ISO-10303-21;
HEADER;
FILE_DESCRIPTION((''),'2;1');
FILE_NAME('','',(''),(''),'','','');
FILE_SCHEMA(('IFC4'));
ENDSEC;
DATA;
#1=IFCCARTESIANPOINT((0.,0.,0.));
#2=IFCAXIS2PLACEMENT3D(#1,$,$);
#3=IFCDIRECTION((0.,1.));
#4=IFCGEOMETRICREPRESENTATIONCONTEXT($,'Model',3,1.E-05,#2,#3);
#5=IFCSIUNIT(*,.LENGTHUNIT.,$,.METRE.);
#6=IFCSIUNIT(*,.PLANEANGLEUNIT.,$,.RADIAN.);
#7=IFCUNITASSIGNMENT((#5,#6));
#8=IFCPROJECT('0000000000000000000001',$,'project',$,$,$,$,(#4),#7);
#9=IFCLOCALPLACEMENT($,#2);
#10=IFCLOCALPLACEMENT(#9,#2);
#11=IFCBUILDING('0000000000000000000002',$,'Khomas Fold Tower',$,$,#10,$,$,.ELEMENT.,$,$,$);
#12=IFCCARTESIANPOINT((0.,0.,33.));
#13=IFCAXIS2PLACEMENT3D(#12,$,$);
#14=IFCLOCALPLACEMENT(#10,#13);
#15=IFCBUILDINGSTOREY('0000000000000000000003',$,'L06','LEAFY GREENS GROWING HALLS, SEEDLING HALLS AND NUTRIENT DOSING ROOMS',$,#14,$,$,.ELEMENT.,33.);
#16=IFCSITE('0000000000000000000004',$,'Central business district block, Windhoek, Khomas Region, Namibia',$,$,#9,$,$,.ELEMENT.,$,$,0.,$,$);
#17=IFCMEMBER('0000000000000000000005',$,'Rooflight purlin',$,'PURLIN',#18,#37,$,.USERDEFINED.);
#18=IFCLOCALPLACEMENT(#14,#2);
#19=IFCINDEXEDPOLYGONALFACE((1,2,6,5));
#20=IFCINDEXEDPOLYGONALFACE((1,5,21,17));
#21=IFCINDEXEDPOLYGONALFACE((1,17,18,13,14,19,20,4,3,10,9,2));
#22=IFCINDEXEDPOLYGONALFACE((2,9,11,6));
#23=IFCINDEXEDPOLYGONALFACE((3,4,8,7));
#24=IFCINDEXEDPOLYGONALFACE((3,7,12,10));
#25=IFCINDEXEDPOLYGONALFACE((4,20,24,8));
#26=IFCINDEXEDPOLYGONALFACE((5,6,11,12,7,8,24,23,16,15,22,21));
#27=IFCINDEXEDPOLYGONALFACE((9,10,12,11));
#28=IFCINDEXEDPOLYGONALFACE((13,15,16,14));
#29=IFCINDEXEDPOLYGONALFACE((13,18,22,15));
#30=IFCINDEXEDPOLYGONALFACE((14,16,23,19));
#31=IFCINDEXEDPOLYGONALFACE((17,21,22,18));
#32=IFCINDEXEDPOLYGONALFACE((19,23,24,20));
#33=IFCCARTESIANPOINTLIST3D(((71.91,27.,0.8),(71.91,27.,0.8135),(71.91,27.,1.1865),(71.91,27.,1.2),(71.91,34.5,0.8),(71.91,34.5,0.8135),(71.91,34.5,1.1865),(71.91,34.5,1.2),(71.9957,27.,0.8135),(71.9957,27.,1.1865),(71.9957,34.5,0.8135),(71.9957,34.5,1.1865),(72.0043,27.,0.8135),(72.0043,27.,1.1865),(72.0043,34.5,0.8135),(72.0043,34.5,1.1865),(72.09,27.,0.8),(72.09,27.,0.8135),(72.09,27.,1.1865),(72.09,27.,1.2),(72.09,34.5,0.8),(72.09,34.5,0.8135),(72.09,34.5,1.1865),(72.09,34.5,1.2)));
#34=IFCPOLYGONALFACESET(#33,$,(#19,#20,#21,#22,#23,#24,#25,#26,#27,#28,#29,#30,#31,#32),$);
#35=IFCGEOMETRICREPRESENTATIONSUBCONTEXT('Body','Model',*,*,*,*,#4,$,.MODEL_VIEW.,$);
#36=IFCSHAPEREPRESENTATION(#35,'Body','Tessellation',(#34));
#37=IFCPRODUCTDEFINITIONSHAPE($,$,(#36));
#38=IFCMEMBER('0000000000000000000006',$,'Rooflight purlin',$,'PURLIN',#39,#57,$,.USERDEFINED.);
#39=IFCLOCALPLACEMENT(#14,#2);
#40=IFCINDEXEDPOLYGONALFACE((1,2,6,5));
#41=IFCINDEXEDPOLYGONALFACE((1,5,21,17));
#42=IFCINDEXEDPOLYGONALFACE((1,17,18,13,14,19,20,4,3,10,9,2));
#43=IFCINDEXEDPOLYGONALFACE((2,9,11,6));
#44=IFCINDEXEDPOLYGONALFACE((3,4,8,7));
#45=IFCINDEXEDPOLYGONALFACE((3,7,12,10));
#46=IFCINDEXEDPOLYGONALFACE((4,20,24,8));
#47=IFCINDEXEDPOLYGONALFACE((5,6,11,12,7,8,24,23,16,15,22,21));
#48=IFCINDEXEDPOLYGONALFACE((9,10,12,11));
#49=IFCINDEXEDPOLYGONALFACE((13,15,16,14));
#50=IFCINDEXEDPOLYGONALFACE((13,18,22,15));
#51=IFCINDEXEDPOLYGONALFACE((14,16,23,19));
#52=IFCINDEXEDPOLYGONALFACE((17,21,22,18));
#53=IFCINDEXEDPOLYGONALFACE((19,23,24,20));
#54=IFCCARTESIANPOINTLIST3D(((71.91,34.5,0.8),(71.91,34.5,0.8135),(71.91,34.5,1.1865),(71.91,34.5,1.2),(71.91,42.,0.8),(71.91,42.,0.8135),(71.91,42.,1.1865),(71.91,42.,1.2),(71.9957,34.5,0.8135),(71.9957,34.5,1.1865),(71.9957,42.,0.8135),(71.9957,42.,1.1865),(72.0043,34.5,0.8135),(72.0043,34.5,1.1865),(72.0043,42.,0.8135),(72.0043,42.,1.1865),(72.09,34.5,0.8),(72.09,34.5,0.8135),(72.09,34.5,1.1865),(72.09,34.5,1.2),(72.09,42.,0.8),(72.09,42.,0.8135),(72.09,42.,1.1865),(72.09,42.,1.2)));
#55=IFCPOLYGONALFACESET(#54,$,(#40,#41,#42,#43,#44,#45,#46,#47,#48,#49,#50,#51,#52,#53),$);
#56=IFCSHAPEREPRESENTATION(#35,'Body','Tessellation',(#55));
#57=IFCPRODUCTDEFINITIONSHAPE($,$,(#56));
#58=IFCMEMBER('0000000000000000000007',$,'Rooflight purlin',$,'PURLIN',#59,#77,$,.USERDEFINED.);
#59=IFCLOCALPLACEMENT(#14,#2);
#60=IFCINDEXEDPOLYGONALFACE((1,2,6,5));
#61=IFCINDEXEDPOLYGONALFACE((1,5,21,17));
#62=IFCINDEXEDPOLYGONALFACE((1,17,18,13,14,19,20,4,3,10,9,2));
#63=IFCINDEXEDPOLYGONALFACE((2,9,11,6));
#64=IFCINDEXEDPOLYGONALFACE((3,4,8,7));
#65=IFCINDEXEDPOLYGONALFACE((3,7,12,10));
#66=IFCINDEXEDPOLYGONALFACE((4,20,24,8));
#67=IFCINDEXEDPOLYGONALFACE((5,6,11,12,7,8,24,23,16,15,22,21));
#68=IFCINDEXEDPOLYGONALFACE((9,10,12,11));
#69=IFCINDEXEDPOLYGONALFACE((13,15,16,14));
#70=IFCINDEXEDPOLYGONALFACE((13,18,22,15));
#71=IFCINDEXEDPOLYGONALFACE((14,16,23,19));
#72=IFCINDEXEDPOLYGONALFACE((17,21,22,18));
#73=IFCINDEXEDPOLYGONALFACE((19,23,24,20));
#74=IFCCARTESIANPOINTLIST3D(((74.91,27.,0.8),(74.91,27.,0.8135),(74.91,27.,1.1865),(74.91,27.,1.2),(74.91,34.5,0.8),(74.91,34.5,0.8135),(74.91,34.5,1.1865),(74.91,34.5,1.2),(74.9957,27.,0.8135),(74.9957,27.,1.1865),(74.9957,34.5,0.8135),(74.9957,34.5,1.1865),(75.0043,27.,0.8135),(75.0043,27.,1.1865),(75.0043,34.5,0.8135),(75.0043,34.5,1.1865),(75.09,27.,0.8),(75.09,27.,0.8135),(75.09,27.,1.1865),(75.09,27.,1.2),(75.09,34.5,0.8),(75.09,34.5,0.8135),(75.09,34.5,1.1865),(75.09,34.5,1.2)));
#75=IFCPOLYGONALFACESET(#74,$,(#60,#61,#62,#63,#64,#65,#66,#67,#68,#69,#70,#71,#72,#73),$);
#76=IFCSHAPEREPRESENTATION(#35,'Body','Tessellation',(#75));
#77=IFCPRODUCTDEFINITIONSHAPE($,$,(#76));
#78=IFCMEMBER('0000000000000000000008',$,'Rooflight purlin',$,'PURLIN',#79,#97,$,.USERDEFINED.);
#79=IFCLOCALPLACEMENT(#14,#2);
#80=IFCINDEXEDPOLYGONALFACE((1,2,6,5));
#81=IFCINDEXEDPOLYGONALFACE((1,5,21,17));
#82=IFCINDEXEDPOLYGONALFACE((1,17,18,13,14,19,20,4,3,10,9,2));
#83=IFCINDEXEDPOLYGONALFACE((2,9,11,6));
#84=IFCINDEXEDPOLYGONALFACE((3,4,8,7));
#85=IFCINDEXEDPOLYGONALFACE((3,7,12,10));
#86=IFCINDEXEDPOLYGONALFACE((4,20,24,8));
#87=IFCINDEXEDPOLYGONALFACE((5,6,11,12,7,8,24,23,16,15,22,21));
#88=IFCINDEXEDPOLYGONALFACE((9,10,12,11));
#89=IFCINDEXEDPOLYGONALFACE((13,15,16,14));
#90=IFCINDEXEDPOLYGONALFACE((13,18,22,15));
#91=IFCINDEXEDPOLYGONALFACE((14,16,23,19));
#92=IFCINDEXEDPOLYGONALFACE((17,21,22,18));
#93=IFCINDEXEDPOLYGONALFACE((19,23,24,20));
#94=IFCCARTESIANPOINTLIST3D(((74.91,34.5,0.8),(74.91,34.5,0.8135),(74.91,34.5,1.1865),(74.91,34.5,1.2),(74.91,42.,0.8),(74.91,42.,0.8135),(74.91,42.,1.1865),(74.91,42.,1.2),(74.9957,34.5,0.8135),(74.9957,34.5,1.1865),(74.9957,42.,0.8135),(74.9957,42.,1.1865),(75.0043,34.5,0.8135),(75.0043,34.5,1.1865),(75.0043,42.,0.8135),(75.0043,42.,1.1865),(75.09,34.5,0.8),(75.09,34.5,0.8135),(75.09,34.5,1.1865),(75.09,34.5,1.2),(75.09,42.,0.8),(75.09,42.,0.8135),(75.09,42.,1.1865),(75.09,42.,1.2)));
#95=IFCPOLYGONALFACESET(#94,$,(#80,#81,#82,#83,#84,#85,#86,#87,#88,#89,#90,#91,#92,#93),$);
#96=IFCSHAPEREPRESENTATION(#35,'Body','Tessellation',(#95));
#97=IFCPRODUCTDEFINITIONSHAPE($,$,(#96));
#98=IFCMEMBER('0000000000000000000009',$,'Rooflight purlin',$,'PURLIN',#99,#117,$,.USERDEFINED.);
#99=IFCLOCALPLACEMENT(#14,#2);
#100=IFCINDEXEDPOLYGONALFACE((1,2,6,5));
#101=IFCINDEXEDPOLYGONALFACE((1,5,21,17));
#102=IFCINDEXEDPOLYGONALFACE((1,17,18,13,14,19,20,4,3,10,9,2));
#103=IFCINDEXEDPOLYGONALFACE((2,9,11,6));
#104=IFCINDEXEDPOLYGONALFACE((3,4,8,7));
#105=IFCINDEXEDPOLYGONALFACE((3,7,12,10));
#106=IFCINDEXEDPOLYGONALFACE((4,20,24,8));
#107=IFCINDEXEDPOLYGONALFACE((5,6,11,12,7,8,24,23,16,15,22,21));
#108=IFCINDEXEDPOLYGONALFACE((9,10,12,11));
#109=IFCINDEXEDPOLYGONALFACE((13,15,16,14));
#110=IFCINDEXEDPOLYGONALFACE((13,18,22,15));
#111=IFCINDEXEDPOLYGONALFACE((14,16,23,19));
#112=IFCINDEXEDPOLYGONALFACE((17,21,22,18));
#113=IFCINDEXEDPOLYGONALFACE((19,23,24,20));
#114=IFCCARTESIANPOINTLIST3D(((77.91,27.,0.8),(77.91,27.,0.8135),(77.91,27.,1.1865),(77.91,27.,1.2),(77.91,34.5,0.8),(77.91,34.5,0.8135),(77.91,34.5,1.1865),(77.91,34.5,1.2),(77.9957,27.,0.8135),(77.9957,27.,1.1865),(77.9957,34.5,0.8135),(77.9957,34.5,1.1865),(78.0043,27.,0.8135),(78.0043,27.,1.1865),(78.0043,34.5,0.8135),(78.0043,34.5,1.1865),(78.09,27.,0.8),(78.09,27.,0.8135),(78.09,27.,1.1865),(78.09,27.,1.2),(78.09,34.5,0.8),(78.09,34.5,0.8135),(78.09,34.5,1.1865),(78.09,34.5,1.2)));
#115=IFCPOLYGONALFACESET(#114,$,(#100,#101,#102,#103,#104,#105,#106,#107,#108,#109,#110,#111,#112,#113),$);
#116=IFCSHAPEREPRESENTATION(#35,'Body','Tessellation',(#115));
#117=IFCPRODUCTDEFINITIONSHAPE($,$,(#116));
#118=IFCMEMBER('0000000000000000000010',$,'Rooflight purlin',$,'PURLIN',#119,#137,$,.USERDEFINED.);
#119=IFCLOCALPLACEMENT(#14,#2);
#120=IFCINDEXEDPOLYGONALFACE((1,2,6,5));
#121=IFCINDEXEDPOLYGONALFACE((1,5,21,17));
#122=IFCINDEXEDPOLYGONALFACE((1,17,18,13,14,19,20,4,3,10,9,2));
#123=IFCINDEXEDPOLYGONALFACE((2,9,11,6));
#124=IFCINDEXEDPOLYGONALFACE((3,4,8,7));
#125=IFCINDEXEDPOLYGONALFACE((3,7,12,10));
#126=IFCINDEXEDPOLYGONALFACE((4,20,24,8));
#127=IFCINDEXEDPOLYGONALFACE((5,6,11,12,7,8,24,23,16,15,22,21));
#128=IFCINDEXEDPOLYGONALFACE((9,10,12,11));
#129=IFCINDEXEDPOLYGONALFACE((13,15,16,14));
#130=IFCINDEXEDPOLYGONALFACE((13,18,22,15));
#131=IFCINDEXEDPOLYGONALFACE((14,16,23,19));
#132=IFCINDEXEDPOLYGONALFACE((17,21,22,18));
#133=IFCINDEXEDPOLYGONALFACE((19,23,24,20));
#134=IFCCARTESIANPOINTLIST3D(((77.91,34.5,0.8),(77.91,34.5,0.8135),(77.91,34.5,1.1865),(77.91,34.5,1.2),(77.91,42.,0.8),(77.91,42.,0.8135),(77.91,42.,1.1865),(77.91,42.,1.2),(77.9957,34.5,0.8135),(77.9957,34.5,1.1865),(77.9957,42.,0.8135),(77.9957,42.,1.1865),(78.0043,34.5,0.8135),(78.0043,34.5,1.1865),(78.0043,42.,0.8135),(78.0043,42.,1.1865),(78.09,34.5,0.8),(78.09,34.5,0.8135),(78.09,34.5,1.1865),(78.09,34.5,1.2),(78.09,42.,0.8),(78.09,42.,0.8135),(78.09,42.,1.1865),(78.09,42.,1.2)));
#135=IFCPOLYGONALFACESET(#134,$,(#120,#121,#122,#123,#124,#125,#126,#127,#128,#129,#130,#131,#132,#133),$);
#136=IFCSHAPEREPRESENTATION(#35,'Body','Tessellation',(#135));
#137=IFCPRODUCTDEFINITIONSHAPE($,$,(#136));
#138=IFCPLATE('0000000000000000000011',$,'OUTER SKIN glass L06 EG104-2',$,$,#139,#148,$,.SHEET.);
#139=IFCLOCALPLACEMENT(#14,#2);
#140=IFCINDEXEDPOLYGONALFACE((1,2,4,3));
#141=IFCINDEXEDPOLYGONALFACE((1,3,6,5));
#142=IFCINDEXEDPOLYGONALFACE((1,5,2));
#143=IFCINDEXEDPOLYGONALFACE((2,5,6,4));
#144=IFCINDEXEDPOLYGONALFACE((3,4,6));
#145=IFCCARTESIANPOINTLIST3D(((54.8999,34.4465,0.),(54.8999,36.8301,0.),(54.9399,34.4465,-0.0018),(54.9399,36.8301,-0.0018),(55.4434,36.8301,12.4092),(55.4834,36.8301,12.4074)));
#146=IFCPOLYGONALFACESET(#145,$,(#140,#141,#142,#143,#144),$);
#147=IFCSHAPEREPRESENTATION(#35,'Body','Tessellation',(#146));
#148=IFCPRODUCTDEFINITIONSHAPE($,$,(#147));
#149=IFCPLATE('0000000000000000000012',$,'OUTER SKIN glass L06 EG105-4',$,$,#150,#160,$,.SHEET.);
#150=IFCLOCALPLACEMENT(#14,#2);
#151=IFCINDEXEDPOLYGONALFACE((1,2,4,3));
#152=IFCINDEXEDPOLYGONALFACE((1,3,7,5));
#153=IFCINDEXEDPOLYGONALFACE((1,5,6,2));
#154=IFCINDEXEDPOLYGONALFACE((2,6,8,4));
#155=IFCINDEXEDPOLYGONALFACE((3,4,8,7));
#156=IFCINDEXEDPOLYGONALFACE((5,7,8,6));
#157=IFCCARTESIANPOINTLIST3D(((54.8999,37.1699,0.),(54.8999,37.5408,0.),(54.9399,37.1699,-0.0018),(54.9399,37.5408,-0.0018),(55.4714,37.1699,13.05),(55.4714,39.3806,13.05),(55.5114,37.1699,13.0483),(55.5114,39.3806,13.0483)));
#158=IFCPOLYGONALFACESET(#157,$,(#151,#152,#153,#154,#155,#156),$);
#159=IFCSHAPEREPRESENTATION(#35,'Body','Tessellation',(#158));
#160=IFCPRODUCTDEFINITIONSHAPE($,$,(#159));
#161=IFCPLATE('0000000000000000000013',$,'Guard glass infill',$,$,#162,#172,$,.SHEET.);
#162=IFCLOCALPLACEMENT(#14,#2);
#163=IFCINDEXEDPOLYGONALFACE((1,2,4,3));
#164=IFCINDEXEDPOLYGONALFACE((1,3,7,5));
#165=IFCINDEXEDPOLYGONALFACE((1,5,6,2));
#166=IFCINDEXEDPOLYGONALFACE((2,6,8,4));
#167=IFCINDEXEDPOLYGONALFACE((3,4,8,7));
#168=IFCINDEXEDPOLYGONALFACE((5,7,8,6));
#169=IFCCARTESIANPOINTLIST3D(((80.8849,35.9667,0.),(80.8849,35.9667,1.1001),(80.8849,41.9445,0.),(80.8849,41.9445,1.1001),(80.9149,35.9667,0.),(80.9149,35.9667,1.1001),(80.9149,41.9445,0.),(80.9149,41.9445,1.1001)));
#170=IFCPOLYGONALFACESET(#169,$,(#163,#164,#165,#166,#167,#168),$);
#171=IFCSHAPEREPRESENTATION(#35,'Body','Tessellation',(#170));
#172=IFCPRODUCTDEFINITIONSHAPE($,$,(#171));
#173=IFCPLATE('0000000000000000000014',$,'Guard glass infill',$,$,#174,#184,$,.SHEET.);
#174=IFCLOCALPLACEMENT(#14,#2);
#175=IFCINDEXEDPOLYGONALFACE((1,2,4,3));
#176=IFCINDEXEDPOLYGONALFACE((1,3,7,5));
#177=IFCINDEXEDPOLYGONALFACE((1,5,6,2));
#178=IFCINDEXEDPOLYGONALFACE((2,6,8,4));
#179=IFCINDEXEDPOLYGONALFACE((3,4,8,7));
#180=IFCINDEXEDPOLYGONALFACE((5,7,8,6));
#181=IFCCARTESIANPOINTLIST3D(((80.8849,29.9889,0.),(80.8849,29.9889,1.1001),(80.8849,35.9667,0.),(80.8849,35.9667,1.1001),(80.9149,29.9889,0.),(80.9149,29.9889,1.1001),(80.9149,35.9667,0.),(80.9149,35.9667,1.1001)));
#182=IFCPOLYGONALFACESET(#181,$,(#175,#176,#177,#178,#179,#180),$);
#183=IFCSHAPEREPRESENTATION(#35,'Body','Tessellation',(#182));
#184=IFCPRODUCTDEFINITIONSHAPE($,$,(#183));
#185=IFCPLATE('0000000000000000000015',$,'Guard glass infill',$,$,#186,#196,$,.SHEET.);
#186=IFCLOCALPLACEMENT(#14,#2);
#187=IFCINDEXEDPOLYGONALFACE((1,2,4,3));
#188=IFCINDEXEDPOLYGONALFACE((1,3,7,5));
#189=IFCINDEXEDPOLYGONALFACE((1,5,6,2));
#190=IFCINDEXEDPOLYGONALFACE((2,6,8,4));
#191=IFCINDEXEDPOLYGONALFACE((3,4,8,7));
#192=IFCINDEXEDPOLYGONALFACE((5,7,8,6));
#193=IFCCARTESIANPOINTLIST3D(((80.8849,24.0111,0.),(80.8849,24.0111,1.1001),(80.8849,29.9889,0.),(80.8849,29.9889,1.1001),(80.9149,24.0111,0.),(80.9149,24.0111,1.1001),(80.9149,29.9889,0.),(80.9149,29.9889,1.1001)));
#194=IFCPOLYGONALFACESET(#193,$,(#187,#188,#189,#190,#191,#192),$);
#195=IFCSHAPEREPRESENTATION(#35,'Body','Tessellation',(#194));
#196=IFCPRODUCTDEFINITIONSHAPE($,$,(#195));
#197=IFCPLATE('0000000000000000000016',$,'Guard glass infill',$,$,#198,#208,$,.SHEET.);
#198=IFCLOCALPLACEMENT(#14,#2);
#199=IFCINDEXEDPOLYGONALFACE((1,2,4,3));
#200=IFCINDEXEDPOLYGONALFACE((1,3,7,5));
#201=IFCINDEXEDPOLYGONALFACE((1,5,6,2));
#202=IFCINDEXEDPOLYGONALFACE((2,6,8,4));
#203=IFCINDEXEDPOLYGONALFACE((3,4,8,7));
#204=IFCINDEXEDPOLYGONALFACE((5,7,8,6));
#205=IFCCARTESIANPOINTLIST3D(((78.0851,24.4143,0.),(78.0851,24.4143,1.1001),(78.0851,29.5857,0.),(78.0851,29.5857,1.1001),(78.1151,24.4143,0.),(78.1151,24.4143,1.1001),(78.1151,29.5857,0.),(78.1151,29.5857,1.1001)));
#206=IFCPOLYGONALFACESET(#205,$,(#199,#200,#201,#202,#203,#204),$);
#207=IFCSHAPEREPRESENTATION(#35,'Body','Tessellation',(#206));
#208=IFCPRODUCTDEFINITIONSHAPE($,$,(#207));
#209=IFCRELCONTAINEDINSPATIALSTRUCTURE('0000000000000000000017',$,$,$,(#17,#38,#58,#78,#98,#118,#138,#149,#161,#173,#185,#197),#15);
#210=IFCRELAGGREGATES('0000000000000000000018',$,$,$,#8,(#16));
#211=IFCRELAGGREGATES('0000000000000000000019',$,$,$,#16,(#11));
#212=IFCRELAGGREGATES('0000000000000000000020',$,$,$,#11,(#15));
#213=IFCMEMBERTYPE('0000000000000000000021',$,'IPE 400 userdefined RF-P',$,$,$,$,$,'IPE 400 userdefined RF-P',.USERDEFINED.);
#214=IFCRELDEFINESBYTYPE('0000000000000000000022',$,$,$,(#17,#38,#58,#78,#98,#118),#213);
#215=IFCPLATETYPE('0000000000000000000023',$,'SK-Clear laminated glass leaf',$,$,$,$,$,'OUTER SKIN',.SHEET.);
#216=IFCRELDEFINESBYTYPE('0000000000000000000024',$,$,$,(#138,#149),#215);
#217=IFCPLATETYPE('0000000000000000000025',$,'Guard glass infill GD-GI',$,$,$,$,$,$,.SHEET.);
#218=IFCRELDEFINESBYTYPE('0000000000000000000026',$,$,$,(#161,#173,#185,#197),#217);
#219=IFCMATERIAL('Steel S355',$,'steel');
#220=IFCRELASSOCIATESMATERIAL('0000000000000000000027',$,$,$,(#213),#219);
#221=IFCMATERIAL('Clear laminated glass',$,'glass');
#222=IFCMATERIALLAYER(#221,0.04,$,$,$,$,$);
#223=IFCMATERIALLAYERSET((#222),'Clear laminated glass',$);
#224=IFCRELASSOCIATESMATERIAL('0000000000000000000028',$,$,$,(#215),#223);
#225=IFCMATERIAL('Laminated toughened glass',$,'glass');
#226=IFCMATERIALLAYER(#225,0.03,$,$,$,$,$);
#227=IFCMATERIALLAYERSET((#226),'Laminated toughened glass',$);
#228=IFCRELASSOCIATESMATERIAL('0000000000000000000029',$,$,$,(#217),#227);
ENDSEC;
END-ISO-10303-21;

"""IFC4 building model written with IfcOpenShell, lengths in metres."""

from ifc_helpers import new_model, si_unit, direction, frame, origin, origin_2d, place, context, subcontext, project, spatial, polyline, rectangle, i_section, outline, extrude, source, transform, mapped, material, layer, layer_set, material_profile, profile_set, type_object, element, save


model = new_model("IFC4")

# Units and contexts
model_context = context("Model", 3, precision=1e-05, world=origin(), true_north=direction((0.0, 1.0)))
body_context = subcontext(model_context, "Body", "Model", "MODEL_VIEW")
ifc_project = project(units=[si_unit("LENGTHUNIT", "METRE"), si_unit("PLANEANGLEUNIT", "RADIAN")], contexts=[model_context])

# Site, building, storey
site_placement = place(None, origin())
site = spatial("IfcSite", under=ifc_project, at=site_placement, Name="Central business district block, Windhoek, Khomas Region, Namibia", CompositionType="ELEMENT", RefElevation=0.0)
building_placement = place(site_placement, origin())
building = spatial("IfcBuilding", under=site, at=building_placement, Name="Khomas Fold Tower", CompositionType="ELEMENT")
storey_placement = place(building_placement, frame((0.0, 0.0, 33.0)))
storey = spatial("IfcBuildingStorey", under=building, at=storey_placement, Name="L06", Description="LEAFY GREENS GROWING HALLS, SEEDLING HALLS AND NUTRIENT DOSING ROOMS", CompositionType="ELEMENT", Elevation=33.0)

# Members
ifc_material_1 = material(Name="Steel S355", Category="steel")
ifc_material_profile = material_profile(ifc_material_1, i_section(OverallWidth=0.1799, OverallDepth=0.3999, WebThickness=0.0085, FlangeThickness=0.0134, at=origin_2d()), Name="IPE 400")
ifc_profile_set = profile_set([ifc_material_profile], Name="Steel S355")
member_type = type_object("IfcMemberType", Name="IPE 400 userdefined RF-P", ElementType="IPE 400 userdefined RF-P", PredefinedType="USERDEFINED", material=ifc_profile_set)
shared_shape_1 = source(origin(), body_context, "Body", "SweptSolid", [
    extrude(i_section(OverallWidth=0.1799, OverallDepth=0.3999, WebThickness=0.0085, FlangeThickness=0.0134, at=origin_2d()), origin(), (0.0, 0.0, 1.0), 7.5),
])
for number, where, z_axis, x_axis, name in (
    (1, (72.0, 27.0, 1.0), (0.0, 1.0, 0.0), (-1.0, 0.0, 0.0), "Rooflight purlin"),
    (2, (72.0, 34.5, 1.0), (0.0, 1.0, 0.0), (-1.0, 0.0, 0.0), "Rooflight purlin"),
    (3, (75.0, 27.0, 1.0), (0.0, 1.0, 0.0), (-1.0, 0.0, 0.0), "Rooflight purlin"),
    (4, (75.0, 34.5, 1.0), (0.0, 1.0, 0.0), (-1.0, 0.0, 0.0), "Rooflight purlin"),
    (5, (78.0, 27.0, 1.0), (0.0, 1.0, 0.0), (-1.0, 0.0, 0.0), "Rooflight purlin"),
    (6, (78.0, 34.5, 1.0), (0.0, 1.0, 0.0), (-1.0, 0.0, 0.0), "Rooflight purlin"),
):
    element("IfcMember", number, at=place(storey_placement, frame(where, z_axis=z_axis, x_axis=x_axis)), inside=storey, type_object=member_type, Name=name, ObjectType="PURLIN", PredefinedType="USERDEFINED", context=body_context, shape_type="MappedRepresentation", body=[
        mapped(shared_shape_1, transform((0.0, 0.0, 0.0))),
    ])

# Plates
ifc_material_2 = material(Name="Clear laminated glass", Category="glass")
ifc_layer_1 = layer(ifc_material_2, 0.04)
ifc_layer_set_1 = layer_set([ifc_layer_1], Name="Clear laminated glass")
plate_type_1 = type_object("IfcPlateType", Name="SK-Clear laminated glass leaf", ElementType="OUTER SKIN", PredefinedType="SHEET", material=ifc_layer_set_1)
plate_1_placement = place(storey_placement, frame((55.4434, 36.8301, 12.4092), z_axis=(-0.999042, 0.0, 0.043753), x_axis=(-0.043753, 0.0, -0.999042)))
element("IfcPlate", 7, at=plate_1_placement, inside=storey, type_object=plate_type_1, Name="OUTER SKIN glass L06 EG104-2", PredefinedType="SHEET", context=body_context, shape_type="SweptSolid", body=[
    extrude(outline(polyline([(0.0, 0.0), (12.4211, 0.0), (12.4211, 2.3835), (0.0, 0.0)])), origin(), (0.0, 0.0, -1.0), 0.04),
])
plate_2_placement = place(storey_placement, frame((55.4714, 39.3806, 13.05), z_axis=(-0.999042, 0.0, 0.043754), x_axis=(-0.043326, -0.139472, -0.989278)))
element("IfcPlate", 8, at=plate_2_placement, inside=storey, type_object=plate_type_1, Name="OUTER SKIN glass L06 EG105-4", PredefinedType="SHEET", context=body_context, shape_type="SweptSolid", body=[
    extrude(outline(polyline([(0.0, 0.0), (13.1915, 0.0), (13.2432, 0.3672), (0.3083, 2.1891), (0.0, 0.0)])), origin(), (0.0, 0.0, -1.0), 0.04),
])
ifc_material_3 = material(Name="Laminated toughened glass", Category="glass")
ifc_layer_2 = layer(ifc_material_3, 0.03)
ifc_layer_set_2 = layer_set([ifc_layer_2], Name="Laminated toughened glass")
plate_type_2 = type_object("IfcPlateType", Name="Guard glass infill GD-GI", PredefinedType="SHEET", material=ifc_layer_set_2)
shared_shape_2 = source(origin(), body_context, "Body", "SweptSolid", [
    extrude(rectangle(XDim=5.9778, YDim=0.03, at=origin_2d()), origin(), (0.0, 0.0, 1.0), 1.1001),
])
for number, where, z_axis, x_axis, name in (
    (9, (80.8999, 38.9556, 0.0), (0.0, 0.0, 1.0), (0.0, -1.0, 0.0), "Guard glass infill"),
    (10, (80.8999, 32.9778, 0.0), (0.0, 0.0, 1.0), (0.0, -1.0, 0.0), "Guard glass infill"),
    (11, (80.8999, 27.0, 0.0), (0.0, 0.0, 1.0), (0.0, -1.0, 0.0), "Guard glass infill"),
):
    element("IfcPlate", number, at=place(storey_placement, frame(where, z_axis=z_axis, x_axis=x_axis)), inside=storey, type_object=plate_type_2, Name=name, PredefinedType="SHEET", context=body_context, shape_type="MappedRepresentation", body=[
        mapped(shared_shape_2, transform((0.0, 0.0, 0.0))),
    ])
shared_shape_3 = source(origin(), body_context, "Body", "SweptSolid", [
    extrude(rectangle(XDim=5.1714, YDim=0.03, at=origin_2d()), origin(), (0.0, 0.0, 1.0), 1.1001),
])
for number, where, z_axis, x_axis, name in (
    (12, (78.1001, 27.0, 0.0), (0.0, 0.0, 1.0), (0.0, 1.0, 0.0), "Guard glass infill"),
):
    element("IfcPlate", number, at=place(storey_placement, frame(where, z_axis=z_axis, x_axis=x_axis)), inside=storey, type_object=plate_type_2, Name=name, PredefinedType="SHEET", context=body_context, shape_type="MappedRepresentation", body=[
        mapped(shared_shape_3, transform((0.0, 0.0, 0.0))),
    ])

save(model, "model.ifc")
